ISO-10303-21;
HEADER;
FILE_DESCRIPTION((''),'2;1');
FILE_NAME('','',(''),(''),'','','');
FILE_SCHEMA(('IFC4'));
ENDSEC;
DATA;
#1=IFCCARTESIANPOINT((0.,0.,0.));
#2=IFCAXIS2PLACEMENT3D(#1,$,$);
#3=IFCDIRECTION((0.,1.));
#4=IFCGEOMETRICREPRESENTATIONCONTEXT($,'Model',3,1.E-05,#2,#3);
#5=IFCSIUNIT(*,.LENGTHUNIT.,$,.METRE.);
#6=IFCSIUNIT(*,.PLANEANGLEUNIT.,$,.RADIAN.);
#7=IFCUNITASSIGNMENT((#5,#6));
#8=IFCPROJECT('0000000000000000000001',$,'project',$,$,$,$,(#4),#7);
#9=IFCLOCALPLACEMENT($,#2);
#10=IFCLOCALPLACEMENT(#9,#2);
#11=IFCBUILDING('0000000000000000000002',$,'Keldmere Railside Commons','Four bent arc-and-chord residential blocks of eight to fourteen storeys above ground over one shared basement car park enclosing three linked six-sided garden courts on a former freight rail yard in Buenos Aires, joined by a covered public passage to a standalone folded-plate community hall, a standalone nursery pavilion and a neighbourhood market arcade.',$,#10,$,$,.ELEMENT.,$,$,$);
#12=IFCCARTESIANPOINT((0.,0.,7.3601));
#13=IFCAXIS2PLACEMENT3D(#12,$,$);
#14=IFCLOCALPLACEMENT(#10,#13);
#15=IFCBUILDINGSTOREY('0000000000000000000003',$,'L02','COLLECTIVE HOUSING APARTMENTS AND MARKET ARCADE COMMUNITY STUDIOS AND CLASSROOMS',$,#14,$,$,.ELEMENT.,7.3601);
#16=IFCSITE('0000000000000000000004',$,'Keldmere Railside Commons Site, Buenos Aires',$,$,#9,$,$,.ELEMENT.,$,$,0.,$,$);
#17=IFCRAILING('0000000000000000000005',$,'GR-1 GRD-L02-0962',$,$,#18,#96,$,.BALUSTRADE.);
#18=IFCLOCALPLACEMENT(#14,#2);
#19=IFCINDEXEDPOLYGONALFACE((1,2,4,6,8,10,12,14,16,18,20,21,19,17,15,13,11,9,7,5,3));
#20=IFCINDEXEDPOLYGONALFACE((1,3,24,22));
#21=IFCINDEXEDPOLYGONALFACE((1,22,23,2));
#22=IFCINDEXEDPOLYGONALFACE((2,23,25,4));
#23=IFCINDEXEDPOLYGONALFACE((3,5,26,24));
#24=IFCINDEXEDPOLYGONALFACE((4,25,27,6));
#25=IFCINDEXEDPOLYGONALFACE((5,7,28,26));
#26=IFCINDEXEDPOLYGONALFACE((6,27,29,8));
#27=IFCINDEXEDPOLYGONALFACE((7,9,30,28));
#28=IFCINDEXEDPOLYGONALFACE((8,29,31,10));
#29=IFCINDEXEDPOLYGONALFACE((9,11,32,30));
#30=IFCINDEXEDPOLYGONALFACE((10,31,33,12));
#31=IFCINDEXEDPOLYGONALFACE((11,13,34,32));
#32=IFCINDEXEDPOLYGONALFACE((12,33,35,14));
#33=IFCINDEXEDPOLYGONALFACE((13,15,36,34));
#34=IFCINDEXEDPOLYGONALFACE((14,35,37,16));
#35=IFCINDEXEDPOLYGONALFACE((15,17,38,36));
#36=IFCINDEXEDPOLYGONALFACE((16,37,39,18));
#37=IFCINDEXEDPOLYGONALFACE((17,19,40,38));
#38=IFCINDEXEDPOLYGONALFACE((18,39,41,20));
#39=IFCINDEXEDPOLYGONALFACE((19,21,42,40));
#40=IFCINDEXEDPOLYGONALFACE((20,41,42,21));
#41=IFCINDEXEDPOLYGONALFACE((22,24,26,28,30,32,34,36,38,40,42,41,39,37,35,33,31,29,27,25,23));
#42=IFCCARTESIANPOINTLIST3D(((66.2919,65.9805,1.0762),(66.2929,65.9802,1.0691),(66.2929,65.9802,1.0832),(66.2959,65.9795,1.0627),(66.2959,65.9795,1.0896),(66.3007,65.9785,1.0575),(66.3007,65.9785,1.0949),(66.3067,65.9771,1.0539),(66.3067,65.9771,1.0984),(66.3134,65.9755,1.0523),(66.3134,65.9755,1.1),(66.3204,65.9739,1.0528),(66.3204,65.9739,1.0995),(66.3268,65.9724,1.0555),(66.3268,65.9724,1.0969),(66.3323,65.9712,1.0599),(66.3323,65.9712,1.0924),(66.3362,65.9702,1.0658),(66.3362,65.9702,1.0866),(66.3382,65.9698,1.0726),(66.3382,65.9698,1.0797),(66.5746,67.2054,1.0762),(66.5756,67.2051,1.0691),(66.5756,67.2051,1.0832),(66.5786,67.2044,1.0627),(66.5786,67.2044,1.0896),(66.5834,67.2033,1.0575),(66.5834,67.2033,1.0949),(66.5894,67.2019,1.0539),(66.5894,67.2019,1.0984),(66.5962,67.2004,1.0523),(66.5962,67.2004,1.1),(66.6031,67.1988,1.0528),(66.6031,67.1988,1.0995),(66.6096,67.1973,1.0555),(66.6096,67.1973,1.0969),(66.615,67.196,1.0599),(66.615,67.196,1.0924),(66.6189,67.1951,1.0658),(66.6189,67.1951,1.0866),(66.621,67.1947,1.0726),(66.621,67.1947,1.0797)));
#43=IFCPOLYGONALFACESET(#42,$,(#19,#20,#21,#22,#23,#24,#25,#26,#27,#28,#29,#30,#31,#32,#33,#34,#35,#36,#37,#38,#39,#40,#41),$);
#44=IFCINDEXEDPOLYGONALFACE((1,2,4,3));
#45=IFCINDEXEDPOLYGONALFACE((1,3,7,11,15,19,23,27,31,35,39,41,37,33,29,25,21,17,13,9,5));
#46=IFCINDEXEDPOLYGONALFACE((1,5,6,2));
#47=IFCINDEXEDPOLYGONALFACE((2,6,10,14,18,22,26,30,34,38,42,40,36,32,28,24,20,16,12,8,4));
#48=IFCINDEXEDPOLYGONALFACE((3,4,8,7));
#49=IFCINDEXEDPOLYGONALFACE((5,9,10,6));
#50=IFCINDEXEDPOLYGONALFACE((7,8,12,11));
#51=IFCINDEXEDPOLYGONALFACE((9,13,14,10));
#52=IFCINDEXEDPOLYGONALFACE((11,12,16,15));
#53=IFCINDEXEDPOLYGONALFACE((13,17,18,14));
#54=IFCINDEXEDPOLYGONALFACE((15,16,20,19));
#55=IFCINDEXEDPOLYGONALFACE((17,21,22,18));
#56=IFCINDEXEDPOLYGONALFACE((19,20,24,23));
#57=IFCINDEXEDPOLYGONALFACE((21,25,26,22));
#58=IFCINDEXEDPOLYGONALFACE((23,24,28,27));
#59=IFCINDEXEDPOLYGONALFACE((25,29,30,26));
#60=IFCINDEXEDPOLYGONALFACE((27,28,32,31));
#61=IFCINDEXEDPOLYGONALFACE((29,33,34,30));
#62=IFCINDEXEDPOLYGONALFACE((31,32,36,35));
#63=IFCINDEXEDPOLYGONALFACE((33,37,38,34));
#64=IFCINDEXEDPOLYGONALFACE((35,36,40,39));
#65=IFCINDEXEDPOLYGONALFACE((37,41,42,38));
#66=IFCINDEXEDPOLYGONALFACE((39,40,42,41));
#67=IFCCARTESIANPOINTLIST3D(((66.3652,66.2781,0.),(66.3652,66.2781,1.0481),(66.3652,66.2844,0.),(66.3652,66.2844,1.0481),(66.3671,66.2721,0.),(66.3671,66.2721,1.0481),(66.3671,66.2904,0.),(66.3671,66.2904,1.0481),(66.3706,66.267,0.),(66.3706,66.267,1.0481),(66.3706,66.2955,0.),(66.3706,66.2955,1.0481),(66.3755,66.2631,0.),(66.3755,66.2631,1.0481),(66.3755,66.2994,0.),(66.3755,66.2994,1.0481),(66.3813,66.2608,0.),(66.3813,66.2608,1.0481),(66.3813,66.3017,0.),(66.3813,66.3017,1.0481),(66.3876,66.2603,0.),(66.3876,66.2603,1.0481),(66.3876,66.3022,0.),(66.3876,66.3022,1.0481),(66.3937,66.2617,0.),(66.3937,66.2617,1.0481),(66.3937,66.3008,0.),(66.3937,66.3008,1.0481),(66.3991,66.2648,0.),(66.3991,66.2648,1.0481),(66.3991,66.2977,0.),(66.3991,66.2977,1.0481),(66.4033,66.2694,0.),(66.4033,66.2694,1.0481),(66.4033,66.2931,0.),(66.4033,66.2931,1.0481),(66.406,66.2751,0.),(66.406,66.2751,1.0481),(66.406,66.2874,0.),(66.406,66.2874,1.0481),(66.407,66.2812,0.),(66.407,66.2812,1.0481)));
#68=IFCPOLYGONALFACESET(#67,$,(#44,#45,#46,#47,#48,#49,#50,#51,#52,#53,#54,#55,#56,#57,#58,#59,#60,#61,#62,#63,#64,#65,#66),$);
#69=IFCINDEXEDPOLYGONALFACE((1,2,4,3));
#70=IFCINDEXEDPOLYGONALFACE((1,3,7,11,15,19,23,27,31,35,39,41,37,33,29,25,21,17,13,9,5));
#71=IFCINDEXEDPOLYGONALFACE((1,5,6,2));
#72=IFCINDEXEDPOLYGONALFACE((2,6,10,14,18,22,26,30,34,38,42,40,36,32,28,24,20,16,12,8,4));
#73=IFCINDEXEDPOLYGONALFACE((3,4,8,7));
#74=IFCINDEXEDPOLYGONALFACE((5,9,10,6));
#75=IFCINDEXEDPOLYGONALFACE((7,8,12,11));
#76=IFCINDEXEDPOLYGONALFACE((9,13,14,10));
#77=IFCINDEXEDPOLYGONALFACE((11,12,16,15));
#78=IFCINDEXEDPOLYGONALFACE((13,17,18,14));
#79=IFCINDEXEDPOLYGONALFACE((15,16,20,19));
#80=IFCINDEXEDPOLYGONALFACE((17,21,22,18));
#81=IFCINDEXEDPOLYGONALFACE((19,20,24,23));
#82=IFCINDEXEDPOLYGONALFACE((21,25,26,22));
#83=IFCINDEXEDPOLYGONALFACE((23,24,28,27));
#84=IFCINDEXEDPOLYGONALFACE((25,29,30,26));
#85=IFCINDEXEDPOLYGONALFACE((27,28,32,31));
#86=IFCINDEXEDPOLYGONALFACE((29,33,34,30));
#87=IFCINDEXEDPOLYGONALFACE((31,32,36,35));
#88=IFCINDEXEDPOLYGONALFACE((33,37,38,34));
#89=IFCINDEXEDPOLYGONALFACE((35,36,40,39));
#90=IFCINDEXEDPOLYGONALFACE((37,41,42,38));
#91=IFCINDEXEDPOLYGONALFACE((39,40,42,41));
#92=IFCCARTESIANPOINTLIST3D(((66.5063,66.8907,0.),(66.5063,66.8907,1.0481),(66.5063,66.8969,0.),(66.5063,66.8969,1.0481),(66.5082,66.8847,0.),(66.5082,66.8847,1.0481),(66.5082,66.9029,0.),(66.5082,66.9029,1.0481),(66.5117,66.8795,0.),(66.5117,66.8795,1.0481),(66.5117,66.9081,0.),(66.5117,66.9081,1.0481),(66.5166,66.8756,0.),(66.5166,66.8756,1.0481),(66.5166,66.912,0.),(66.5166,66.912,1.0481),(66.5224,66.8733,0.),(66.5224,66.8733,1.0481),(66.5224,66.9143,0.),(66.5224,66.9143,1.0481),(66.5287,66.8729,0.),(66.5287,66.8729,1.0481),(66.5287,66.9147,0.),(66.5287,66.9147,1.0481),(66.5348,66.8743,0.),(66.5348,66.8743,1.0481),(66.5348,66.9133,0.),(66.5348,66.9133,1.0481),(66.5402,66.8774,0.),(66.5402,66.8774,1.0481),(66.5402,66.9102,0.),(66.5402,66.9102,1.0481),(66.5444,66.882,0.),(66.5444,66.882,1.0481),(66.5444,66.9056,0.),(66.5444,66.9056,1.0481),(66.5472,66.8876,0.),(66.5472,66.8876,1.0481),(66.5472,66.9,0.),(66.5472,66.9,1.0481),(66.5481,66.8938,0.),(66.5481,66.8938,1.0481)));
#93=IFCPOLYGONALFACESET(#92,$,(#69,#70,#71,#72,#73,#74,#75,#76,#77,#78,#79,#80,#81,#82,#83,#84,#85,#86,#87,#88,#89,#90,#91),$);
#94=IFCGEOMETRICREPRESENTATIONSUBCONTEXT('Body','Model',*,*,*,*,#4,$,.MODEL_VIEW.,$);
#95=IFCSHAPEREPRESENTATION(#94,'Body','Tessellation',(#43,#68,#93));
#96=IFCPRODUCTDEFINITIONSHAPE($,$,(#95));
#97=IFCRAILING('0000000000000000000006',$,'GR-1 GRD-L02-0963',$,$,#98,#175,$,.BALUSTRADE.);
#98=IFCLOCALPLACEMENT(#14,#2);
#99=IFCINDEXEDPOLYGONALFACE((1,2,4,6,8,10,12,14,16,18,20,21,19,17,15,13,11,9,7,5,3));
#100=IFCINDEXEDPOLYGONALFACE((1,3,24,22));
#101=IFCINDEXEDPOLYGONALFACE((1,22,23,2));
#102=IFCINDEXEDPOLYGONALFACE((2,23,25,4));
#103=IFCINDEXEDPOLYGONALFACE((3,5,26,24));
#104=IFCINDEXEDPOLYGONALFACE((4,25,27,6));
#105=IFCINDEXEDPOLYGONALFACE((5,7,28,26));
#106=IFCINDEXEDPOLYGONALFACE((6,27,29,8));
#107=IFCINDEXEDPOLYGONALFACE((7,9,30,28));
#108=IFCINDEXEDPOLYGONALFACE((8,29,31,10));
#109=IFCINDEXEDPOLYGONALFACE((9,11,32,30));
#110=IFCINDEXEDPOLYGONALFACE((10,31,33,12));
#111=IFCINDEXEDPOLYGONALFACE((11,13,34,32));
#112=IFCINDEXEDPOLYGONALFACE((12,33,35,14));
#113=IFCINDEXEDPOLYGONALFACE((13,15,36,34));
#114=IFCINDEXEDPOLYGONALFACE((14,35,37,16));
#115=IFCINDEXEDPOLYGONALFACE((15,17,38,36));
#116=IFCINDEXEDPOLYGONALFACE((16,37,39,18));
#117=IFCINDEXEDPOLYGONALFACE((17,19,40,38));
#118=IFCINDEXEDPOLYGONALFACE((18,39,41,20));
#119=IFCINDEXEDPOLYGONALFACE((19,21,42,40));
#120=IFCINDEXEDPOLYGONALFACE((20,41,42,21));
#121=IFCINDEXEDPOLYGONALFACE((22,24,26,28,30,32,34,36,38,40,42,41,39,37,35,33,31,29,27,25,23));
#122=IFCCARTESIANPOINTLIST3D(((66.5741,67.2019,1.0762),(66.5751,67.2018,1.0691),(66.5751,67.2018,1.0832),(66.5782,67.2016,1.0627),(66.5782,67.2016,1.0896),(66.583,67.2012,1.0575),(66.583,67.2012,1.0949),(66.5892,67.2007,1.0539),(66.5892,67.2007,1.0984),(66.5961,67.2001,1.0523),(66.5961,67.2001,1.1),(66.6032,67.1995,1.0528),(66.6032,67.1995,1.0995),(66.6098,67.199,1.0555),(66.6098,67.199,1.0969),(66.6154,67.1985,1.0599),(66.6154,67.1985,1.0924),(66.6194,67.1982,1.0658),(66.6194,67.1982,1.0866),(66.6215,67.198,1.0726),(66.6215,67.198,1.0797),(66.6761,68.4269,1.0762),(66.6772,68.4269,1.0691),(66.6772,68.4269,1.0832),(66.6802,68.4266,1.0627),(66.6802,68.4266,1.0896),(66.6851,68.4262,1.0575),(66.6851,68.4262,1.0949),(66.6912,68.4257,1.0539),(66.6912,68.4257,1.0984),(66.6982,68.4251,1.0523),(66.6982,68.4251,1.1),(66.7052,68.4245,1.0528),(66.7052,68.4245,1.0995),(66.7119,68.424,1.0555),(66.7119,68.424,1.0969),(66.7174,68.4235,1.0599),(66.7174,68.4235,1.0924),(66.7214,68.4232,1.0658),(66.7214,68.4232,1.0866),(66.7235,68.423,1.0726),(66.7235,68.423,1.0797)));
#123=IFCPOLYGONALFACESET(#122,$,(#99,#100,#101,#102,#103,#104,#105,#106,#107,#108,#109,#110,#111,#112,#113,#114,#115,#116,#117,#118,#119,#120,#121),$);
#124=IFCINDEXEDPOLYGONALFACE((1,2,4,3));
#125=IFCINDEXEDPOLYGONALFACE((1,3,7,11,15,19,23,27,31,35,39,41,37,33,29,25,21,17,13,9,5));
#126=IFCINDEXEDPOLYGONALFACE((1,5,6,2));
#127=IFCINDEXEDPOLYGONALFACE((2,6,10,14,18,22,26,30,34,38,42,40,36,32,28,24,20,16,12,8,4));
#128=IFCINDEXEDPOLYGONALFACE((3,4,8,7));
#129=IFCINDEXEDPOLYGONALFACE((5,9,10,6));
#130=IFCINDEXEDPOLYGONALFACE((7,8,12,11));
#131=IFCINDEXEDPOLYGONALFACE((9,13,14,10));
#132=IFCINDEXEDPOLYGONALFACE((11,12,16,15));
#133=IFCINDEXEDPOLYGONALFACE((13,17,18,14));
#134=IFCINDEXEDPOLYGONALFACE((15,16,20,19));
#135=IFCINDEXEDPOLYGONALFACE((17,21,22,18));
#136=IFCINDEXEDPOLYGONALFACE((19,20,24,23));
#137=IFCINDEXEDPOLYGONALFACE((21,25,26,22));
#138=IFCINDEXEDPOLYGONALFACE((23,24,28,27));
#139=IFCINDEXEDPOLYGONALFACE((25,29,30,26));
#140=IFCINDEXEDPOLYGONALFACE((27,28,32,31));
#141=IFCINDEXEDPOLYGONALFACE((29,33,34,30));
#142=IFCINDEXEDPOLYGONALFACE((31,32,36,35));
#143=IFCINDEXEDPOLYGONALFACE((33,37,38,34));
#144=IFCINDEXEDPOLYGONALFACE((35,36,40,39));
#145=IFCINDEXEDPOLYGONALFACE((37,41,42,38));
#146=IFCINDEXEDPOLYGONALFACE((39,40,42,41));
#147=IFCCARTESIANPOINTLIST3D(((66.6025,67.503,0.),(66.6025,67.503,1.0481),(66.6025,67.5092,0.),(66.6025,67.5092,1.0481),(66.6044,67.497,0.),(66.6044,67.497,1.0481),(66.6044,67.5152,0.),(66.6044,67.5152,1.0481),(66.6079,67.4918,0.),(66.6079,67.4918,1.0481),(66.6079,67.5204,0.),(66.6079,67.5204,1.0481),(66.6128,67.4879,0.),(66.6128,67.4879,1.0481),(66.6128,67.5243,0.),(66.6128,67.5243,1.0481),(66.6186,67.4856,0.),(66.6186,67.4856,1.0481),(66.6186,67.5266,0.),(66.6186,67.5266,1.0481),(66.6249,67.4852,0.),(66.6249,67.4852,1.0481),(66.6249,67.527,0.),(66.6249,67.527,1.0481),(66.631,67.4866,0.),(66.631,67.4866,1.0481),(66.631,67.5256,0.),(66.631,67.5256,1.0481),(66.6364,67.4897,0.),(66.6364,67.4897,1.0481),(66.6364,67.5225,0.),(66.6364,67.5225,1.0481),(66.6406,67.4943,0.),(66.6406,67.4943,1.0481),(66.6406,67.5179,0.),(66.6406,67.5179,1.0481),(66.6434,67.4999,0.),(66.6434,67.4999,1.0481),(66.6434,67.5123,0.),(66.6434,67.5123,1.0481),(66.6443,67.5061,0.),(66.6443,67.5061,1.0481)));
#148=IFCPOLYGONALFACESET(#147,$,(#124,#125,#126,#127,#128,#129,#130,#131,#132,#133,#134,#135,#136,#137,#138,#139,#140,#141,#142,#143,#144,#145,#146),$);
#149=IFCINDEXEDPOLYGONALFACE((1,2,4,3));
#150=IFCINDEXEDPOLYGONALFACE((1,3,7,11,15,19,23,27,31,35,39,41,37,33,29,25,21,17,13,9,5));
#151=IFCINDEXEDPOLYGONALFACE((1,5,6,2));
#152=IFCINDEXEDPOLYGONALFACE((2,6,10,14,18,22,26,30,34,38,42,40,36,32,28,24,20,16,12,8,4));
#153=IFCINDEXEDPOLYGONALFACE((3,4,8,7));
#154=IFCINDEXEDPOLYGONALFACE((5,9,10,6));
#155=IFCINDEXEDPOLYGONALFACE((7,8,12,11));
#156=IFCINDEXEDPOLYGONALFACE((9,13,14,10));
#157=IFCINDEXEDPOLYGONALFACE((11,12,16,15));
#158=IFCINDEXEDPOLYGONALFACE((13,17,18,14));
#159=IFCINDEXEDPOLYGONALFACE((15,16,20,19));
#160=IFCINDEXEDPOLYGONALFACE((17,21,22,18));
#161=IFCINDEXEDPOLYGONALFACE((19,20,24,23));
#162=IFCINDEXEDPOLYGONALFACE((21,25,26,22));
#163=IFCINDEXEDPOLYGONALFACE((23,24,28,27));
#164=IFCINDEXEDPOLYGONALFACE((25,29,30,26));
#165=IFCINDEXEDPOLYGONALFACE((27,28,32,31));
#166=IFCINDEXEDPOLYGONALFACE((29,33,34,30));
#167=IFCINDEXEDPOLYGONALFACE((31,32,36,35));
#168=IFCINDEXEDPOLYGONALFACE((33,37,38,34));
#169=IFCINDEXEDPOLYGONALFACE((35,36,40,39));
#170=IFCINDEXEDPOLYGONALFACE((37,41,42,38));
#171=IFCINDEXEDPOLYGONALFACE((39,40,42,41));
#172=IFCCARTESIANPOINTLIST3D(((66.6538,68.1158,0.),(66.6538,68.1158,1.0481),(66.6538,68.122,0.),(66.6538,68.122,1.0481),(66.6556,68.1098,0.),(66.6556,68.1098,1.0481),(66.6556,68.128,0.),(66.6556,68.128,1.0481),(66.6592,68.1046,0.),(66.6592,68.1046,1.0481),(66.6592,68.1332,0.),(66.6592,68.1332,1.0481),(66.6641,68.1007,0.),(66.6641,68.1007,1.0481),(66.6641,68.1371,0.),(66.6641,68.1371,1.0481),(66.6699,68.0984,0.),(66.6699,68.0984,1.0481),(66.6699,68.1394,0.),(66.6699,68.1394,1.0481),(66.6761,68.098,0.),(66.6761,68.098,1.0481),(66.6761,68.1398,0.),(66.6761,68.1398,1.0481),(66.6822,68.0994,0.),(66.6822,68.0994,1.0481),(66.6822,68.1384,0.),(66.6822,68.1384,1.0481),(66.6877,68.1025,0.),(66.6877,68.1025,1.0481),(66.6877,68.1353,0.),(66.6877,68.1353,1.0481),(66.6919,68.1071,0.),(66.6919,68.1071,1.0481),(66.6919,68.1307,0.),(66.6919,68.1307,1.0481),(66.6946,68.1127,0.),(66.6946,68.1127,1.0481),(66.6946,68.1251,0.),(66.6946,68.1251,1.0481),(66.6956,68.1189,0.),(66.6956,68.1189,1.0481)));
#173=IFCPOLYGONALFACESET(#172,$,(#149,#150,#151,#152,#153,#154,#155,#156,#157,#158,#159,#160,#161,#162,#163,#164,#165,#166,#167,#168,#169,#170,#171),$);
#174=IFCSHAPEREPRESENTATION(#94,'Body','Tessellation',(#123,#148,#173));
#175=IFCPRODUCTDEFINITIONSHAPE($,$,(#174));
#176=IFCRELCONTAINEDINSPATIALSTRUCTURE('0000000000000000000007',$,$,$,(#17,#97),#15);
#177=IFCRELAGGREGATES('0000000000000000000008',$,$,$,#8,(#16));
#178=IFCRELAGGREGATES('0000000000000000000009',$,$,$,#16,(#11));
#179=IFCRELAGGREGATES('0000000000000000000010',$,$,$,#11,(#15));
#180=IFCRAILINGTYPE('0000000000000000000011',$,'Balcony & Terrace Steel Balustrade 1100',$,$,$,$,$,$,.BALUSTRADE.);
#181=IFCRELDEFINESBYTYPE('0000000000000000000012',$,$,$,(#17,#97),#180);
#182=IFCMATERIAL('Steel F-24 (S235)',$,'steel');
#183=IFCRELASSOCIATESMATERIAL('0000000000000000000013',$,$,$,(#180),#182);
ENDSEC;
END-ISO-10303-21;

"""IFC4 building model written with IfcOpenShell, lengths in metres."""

from ifc_helpers import new_model, si_unit, direction, frame, origin, origin_2d, place, context, subcontext, project, spatial, circle, extrude, material, type_object, element, save


model = new_model("IFC4")

# Units and contexts
model_context = context("Model", 3, precision=1e-05, world=origin(), true_north=direction((0.0, 1.0)))
body_context = subcontext(model_context, "Body", "Model", "MODEL_VIEW")
ifc_project = project(units=[si_unit("LENGTHUNIT", "METRE"), si_unit("PLANEANGLEUNIT", "RADIAN")], contexts=[model_context])

# Site, building, storey
site_placement = place(None, origin())
site = spatial("IfcSite", under=ifc_project, at=site_placement, Name="Keldmere Railside Commons Site, Buenos Aires", CompositionType="ELEMENT", RefElevation=0.0)
building_placement = place(site_placement, origin())
building = spatial("IfcBuilding", under=site, at=building_placement, Name="Keldmere Railside Commons", Description="Four bent arc-and-chord residential blocks of eight to fourteen storeys above ground over one shared basement car park enclosing three linked six-sided garden courts on a former freight rail yard in Buenos Aires, joined by a covered public passage to a standalone folded-plate community hall, a standalone nursery pavilion and a neighbourhood market arcade.", CompositionType="ELEMENT")
storey_placement = place(building_placement, frame((0.0, 0.0, 7.3601)))
storey = spatial("IfcBuildingStorey", under=building, at=storey_placement, Name="L02", Description="COLLECTIVE HOUSING APARTMENTS AND MARKET ARCADE COMMUNITY STUDIOS AND CLASSROOMS", CompositionType="ELEMENT", Elevation=7.3601)

# Railings
ifc_material_1 = material(Name="Steel F-24 (S235)", Category="steel")
railing_type = type_object("IfcRailingType", Name="Balcony & Terrace Steel Balustrade 1100", PredefinedType="BALUSTRADE", material=ifc_material_1)
railing_1_placement = place(storey_placement, frame((66.3152, 65.9751, 0.0)))
element("IfcRailing", 1, at=railing_1_placement, inside=storey, type_object=railing_type, Name="GR-1 GRD-L02-0962", PredefinedType="BALUSTRADE", context=body_context, shape_type="SweptSolid", body=[
    extrude(circle(Radius=0.0239, at=origin_2d()), frame((0.0, 0.0, 1.0762), z_axis=(0.224902, 0.974381, 0.0), x_axis=(-0.974381, 0.224902, 0.0)), (0.0, 0.0, 1.0), 1.2571),
    extrude(circle(Radius=0.021, at=origin_2d()), frame((0.0708, 0.3062, 0.0)), (0.0, 0.0, 1.0), 1.0481),
    extrude(circle(Radius=0.021, at=origin_2d()), frame((0.2119, 0.9187, 0.0)), (0.0, 0.0, 1.0), 1.0481),
])
railing_2_placement = place(storey_placement, frame((66.5979, 67.2, 0.0)))
element("IfcRailing", 2, at=railing_2_placement, inside=storey, type_object=railing_type, Name="GR-1 GRD-L02-0963", PredefinedType="BALUSTRADE", context=body_context, shape_type="SweptSolid", body=[
    extrude(circle(Radius=0.0239, at=origin_2d()), frame((0.0, 0.0, 1.0762), z_axis=(0.083013, 0.996548, 0.0), x_axis=(-0.996548, 0.083013, 0.0)), (0.0, 0.0, 1.0), 1.2292),
    extrude(circle(Radius=0.021, at=origin_2d()), frame((0.0254, 0.3062, 0.0)), (0.0, 0.0, 1.0), 1.0481),
    extrude(circle(Radius=0.021, at=origin_2d()), frame((0.0767, 0.9189, 0.0)), (0.0, 0.0, 1.0), 1.0481),
])

save(model, "model.ifc")
